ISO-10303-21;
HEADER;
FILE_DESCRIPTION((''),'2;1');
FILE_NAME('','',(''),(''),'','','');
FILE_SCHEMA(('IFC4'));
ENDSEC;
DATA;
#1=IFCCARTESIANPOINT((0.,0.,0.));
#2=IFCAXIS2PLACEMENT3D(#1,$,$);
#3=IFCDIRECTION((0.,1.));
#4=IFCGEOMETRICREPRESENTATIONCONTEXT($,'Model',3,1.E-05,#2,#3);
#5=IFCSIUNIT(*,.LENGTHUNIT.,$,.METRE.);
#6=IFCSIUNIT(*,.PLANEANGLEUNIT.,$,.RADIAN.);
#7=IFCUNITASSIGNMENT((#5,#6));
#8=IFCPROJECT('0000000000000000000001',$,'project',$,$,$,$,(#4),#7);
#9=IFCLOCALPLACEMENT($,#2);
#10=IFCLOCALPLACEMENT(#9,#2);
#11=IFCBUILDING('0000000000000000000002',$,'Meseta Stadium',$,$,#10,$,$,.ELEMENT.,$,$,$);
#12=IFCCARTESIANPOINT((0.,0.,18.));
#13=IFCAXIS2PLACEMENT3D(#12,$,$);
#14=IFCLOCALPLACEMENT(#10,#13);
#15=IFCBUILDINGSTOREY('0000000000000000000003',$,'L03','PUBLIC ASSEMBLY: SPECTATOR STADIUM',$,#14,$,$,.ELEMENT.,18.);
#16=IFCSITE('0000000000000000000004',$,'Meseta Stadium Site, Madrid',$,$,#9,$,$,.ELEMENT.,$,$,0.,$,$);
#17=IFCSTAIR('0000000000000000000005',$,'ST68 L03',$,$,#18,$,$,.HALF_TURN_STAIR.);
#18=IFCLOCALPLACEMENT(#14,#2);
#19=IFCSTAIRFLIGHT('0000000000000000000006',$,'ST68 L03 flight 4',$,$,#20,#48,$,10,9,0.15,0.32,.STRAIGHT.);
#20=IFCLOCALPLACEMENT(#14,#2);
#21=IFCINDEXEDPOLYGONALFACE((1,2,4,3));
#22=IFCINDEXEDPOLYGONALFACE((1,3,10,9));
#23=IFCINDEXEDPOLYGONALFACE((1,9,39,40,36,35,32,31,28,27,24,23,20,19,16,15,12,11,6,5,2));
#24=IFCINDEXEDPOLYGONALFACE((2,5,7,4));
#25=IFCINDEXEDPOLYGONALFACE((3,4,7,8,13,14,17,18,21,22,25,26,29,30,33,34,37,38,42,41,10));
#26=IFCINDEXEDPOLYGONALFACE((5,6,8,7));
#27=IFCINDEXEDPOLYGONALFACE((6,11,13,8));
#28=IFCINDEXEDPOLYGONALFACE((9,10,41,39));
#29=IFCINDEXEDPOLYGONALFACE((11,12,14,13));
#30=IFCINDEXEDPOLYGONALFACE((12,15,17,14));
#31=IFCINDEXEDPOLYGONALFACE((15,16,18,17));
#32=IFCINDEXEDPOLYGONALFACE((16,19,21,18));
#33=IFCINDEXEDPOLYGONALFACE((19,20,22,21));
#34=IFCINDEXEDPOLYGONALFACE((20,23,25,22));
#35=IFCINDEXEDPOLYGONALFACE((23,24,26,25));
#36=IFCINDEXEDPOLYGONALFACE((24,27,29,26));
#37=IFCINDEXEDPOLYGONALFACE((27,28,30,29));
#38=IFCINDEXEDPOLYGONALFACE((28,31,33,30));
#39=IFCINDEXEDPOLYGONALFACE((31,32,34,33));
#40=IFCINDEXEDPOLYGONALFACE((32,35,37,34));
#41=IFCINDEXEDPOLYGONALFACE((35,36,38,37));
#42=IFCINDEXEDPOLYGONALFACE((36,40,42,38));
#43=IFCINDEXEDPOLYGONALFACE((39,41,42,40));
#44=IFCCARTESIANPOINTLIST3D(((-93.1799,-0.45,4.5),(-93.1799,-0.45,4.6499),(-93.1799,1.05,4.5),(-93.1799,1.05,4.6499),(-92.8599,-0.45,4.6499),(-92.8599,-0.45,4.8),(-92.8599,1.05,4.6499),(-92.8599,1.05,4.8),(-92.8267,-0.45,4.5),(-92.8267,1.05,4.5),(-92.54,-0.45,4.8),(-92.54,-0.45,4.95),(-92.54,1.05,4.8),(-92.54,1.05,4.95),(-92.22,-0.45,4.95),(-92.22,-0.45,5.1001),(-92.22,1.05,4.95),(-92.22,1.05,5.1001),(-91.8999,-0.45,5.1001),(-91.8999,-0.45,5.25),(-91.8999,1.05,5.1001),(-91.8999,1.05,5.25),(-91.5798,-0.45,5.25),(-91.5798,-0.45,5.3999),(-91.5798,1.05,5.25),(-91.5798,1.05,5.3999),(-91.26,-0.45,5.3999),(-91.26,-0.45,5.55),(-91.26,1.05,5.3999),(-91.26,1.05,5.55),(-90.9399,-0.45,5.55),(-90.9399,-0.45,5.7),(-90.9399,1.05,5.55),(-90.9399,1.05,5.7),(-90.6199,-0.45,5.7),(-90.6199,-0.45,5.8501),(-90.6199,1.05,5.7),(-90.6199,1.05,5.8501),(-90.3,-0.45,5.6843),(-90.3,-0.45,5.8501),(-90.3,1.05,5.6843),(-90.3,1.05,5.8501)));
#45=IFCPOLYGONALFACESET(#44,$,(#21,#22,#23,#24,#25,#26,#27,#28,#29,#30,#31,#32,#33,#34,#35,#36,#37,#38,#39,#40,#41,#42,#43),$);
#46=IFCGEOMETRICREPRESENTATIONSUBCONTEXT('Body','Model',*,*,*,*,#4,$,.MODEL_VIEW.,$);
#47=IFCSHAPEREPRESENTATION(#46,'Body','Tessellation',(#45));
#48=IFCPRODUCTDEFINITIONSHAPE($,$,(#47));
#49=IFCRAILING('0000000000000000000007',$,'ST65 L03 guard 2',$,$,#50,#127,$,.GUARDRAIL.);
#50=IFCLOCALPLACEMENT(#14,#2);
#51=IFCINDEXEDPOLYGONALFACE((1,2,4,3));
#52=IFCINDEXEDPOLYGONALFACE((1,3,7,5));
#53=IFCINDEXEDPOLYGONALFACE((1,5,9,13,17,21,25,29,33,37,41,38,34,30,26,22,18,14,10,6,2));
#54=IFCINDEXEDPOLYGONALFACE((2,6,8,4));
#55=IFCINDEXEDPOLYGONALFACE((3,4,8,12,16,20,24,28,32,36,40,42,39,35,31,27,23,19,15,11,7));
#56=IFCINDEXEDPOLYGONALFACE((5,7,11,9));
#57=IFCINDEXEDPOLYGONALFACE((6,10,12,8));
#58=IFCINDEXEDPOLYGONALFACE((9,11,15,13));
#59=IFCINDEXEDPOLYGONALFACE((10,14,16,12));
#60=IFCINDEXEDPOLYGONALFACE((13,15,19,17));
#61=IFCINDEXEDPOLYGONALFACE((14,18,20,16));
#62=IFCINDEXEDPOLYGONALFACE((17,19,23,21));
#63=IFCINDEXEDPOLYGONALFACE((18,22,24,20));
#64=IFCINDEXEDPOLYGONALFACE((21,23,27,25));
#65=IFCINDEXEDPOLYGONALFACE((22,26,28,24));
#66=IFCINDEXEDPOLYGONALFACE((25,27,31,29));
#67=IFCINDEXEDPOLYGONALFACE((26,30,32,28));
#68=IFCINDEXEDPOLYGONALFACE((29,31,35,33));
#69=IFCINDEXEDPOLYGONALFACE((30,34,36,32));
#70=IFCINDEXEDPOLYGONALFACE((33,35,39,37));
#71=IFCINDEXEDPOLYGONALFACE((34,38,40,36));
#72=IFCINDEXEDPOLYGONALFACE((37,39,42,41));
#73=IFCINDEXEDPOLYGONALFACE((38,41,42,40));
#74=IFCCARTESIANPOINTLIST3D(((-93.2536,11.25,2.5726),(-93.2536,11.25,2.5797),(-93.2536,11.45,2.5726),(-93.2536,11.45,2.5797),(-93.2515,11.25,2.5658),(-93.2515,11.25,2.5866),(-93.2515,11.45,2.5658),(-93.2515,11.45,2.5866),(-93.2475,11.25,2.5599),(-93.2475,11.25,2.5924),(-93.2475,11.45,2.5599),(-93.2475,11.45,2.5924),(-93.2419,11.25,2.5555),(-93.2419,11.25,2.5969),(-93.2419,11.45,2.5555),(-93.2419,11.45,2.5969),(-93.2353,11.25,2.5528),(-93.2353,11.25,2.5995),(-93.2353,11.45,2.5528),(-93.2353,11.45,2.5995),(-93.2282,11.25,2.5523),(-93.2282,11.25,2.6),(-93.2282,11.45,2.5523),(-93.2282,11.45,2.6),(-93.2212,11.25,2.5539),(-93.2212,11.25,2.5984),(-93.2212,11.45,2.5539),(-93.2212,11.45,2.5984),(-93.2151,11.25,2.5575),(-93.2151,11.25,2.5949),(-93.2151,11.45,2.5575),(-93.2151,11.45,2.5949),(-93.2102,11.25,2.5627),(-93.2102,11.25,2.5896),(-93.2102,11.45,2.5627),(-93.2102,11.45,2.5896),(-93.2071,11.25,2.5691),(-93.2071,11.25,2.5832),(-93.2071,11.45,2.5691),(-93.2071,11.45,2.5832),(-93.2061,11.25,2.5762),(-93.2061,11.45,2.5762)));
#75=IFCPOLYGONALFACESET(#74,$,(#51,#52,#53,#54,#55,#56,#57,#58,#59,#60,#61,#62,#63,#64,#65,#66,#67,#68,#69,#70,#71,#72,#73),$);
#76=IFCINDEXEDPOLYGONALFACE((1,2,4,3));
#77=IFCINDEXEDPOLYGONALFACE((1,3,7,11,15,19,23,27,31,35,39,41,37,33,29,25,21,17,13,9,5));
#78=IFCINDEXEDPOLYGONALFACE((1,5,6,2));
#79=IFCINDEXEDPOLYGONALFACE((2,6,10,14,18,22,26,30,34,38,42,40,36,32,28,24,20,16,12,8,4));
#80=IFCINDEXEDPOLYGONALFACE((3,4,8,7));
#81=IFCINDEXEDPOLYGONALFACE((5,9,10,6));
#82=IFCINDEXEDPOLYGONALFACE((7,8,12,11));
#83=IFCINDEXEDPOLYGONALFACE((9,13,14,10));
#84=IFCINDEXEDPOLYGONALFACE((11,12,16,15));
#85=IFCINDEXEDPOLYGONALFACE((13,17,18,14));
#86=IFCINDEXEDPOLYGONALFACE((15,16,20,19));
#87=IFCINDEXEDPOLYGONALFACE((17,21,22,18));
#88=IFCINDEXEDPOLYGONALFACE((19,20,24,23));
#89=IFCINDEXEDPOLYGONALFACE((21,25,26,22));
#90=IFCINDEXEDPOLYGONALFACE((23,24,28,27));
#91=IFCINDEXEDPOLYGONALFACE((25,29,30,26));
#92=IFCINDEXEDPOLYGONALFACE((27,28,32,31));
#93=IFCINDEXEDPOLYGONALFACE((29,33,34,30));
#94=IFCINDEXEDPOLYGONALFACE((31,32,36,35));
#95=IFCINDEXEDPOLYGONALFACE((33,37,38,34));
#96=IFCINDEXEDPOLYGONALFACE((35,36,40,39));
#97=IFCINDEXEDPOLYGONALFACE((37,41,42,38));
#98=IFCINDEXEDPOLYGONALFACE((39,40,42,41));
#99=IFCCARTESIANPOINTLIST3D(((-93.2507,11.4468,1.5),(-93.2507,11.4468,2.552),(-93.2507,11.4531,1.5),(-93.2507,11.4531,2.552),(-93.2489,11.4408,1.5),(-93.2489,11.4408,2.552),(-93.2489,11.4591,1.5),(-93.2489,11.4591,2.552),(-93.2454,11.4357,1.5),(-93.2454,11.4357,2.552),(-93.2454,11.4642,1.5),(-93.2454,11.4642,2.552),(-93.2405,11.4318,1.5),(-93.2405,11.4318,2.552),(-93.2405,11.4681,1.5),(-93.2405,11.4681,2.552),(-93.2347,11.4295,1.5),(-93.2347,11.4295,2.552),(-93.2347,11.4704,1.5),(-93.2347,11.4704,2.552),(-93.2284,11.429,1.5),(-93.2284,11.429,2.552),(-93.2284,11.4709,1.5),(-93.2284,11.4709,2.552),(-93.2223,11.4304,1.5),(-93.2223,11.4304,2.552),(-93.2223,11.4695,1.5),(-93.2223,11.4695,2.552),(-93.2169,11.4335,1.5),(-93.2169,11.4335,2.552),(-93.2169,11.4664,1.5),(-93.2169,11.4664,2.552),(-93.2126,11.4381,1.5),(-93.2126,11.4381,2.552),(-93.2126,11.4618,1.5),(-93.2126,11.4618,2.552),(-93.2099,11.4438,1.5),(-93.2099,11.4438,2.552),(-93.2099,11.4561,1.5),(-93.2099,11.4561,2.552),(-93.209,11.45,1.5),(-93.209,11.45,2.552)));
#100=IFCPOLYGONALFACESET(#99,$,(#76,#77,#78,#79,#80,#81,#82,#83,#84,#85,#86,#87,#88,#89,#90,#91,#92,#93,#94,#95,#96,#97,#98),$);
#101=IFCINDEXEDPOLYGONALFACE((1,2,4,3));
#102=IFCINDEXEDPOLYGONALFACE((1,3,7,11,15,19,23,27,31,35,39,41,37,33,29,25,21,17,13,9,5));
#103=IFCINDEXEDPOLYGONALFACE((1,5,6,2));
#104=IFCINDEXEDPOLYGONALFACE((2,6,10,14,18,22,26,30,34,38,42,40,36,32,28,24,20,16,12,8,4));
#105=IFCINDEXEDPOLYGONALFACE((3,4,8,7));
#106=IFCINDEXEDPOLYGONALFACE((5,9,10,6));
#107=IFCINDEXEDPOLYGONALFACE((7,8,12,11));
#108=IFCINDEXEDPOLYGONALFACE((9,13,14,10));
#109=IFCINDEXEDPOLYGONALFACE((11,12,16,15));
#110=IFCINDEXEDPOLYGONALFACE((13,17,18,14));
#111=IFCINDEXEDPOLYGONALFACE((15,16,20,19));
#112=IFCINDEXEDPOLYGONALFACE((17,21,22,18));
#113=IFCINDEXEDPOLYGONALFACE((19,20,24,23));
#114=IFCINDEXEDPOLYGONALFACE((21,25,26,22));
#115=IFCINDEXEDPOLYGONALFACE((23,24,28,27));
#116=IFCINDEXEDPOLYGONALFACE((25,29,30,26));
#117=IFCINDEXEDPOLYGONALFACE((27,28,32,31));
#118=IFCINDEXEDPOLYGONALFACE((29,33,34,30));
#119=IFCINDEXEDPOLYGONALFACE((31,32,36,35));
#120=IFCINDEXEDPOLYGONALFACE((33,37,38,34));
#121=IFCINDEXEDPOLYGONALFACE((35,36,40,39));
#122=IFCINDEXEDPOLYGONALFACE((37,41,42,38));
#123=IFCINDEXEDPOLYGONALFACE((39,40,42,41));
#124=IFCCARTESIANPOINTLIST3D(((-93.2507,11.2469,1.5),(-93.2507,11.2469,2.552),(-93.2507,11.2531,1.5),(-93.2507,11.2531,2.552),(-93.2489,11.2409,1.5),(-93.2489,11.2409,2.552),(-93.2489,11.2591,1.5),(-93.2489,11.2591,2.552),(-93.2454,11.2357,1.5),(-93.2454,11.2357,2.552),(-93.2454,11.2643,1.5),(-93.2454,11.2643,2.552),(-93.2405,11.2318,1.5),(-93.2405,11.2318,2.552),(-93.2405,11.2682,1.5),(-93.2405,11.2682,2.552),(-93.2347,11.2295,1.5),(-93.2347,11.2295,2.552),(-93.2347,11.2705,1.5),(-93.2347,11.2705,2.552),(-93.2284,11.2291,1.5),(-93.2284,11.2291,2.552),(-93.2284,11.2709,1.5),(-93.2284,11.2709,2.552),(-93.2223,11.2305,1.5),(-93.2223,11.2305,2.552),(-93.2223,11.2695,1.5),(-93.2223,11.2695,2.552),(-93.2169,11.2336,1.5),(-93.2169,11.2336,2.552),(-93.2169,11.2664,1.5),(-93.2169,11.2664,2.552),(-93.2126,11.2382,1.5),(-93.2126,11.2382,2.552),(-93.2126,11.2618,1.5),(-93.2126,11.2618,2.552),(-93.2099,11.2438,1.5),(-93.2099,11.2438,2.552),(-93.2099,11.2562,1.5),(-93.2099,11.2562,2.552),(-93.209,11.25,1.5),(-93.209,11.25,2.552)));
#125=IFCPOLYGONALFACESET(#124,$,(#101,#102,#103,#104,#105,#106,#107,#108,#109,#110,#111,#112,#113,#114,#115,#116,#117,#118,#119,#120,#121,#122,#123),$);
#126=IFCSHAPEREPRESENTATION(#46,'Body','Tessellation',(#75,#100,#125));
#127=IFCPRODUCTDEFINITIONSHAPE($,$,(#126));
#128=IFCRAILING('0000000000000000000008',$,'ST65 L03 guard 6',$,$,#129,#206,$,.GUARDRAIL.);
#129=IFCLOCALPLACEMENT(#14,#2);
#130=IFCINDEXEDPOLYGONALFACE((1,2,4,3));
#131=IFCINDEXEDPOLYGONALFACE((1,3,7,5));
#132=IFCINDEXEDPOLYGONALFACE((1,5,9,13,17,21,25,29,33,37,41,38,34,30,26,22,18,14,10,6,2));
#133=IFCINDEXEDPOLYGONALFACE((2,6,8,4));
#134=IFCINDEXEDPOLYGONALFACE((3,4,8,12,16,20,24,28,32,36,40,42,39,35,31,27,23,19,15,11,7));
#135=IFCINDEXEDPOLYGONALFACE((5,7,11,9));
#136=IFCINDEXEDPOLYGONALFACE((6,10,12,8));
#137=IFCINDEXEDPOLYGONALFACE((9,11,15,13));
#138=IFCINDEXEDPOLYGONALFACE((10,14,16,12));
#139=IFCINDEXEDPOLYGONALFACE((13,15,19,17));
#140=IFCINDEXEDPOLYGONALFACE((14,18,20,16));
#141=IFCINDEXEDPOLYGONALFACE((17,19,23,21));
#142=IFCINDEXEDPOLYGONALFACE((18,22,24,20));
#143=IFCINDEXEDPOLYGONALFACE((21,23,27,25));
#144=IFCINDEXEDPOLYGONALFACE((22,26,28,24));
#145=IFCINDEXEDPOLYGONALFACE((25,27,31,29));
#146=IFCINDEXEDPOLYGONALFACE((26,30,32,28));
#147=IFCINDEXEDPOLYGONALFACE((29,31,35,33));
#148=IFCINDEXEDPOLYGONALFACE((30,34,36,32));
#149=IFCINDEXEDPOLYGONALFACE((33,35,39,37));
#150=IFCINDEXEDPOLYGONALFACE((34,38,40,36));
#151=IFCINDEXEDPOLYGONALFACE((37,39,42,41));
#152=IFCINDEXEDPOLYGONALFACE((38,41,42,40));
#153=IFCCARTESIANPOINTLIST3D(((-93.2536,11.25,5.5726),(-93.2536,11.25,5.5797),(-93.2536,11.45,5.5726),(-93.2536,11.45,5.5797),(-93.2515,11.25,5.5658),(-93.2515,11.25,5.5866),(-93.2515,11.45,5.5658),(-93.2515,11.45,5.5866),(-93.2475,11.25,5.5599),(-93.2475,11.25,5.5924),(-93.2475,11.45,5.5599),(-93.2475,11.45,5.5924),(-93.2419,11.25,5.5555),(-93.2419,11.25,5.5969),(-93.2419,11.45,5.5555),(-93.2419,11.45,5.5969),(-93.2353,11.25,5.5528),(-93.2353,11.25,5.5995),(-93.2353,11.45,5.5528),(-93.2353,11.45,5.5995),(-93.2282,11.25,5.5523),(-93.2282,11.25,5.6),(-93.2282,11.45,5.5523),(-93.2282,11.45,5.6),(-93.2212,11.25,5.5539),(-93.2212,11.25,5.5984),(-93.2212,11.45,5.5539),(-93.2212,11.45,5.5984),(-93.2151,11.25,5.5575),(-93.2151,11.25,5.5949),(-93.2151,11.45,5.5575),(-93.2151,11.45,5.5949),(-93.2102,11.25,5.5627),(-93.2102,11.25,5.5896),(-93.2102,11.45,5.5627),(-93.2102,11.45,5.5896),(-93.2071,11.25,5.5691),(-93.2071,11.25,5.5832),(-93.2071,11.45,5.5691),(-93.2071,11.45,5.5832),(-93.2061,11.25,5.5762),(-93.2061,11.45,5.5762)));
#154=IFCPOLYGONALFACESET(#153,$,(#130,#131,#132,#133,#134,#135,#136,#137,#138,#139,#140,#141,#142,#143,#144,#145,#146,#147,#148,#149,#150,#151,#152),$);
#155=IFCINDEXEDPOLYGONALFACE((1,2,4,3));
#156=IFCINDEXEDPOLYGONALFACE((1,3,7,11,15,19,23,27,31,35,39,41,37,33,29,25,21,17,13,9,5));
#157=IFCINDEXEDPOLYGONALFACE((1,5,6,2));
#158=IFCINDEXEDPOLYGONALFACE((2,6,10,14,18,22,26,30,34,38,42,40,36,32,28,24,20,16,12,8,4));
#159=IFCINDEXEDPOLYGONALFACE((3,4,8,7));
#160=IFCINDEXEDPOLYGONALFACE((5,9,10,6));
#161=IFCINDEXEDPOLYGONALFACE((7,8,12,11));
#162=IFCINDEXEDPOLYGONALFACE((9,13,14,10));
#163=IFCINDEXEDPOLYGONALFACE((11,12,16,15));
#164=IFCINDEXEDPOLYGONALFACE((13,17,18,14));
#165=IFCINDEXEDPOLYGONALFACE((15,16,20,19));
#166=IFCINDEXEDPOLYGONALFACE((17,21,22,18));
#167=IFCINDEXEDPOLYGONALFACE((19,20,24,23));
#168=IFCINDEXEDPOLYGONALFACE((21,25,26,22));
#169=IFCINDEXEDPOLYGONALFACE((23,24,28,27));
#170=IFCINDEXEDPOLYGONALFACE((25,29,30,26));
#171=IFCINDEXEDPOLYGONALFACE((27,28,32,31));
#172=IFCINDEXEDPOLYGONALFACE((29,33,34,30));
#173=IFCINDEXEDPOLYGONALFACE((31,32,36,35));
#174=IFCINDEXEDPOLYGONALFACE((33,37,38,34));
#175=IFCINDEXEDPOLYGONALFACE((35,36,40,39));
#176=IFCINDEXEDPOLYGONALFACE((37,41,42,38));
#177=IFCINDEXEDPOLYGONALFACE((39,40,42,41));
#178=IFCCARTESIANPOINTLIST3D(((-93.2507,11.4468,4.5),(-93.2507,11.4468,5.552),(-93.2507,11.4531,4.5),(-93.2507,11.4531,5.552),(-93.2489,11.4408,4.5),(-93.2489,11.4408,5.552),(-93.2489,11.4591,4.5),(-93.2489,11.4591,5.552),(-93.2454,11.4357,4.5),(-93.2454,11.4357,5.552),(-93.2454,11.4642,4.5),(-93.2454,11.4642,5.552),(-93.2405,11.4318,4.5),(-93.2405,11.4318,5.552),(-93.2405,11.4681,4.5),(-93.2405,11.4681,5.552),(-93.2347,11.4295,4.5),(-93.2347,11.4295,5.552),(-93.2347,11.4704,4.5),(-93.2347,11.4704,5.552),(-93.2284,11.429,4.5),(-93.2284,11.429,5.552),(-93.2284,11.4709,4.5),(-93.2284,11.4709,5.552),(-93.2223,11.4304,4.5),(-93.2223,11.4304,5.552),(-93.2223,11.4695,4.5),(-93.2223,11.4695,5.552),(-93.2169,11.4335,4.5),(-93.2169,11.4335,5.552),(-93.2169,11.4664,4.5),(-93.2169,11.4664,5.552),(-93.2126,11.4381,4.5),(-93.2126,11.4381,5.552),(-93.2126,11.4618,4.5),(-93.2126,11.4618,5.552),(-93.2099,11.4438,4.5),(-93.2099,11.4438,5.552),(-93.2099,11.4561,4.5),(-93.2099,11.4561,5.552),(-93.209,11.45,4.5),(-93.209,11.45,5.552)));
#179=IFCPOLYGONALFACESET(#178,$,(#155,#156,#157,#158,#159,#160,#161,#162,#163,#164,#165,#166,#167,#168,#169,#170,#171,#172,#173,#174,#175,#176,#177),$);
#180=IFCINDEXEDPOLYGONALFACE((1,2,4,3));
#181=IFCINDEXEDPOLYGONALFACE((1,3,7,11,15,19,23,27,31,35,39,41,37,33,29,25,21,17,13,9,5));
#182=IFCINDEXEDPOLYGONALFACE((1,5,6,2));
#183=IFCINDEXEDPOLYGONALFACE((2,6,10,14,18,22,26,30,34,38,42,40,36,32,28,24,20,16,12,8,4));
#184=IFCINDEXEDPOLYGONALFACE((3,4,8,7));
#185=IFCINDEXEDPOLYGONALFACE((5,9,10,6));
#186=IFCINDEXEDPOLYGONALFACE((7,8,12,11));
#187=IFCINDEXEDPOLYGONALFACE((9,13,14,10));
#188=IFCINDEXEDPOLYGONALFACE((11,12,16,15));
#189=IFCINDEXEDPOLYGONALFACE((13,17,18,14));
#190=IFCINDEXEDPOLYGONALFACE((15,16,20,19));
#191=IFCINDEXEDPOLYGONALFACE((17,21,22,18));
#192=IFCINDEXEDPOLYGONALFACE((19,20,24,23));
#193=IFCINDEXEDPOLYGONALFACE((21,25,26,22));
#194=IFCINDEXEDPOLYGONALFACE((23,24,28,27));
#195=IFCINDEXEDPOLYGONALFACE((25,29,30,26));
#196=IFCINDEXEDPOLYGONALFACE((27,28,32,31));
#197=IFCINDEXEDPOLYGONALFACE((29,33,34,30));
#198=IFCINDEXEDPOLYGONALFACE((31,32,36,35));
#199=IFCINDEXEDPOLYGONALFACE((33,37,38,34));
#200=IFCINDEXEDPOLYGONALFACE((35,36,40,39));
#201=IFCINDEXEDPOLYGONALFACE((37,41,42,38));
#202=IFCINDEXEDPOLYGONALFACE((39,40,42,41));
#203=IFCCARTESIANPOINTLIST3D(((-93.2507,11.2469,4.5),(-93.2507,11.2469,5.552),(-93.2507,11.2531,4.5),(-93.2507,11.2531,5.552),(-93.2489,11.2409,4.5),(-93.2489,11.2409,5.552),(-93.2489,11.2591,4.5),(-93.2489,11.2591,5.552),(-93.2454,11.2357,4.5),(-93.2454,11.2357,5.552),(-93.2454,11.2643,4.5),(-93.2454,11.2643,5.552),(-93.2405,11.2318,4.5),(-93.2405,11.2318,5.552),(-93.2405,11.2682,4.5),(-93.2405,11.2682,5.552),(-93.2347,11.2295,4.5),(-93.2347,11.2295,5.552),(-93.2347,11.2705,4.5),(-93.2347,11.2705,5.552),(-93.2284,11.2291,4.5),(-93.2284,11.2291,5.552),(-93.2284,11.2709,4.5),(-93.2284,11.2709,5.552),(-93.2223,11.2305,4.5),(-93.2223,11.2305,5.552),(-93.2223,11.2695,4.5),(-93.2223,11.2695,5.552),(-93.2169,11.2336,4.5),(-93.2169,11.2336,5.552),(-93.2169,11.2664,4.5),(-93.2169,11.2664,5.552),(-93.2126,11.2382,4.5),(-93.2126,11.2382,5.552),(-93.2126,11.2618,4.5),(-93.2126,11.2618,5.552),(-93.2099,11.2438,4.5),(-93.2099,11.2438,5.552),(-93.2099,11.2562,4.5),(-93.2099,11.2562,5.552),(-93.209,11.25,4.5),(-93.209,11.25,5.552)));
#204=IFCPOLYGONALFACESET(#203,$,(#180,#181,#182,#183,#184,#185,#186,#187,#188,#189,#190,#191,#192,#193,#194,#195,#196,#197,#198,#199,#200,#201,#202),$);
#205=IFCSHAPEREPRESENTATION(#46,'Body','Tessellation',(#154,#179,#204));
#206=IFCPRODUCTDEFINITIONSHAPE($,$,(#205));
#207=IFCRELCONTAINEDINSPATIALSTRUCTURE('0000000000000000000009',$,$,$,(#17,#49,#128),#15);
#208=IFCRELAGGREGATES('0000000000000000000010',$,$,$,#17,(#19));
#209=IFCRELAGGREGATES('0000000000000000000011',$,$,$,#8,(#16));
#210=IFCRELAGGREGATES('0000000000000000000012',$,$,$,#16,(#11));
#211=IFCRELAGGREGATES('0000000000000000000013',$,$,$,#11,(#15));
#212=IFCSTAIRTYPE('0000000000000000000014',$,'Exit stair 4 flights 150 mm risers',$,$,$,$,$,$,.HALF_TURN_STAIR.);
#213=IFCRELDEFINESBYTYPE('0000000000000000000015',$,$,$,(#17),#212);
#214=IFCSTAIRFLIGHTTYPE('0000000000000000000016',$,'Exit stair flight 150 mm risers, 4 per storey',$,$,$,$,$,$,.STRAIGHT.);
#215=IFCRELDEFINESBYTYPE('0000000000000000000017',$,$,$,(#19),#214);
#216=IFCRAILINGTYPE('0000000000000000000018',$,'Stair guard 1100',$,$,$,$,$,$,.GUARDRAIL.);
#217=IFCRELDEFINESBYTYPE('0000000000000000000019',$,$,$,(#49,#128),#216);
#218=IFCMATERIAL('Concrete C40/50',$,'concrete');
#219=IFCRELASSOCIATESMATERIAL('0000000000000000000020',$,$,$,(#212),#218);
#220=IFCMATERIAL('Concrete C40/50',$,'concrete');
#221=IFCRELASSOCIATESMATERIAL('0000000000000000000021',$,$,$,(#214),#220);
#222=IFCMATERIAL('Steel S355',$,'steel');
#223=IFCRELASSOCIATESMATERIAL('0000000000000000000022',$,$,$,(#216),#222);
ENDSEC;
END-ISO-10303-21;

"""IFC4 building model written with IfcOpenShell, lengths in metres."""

from ifc_helpers import new_model, si_unit, direction, frame, origin, origin_2d, place, context, subcontext, project, spatial, polyline, circle, outline, extrude, material, type_object, element, aggregate, save


model = new_model("IFC4")

# Units and contexts
model_context = context("Model", 3, precision=1e-05, world=origin(), true_north=direction((0.0, 1.0)))
body_context = subcontext(model_context, "Body", "Model", "MODEL_VIEW")
ifc_project = project(units=[si_unit("LENGTHUNIT", "METRE"), si_unit("PLANEANGLEUNIT", "RADIAN")], contexts=[model_context])

# Site, building, storey
site_placement = place(None, origin())
site = spatial("IfcSite", under=ifc_project, at=site_placement, Name="Meseta Stadium Site, Madrid", CompositionType="ELEMENT", RefElevation=0.0)
building_placement = place(site_placement, origin())
building = spatial("IfcBuilding", under=site, at=building_placement, Name="Meseta Stadium", CompositionType="ELEMENT")
storey_placement = place(building_placement, frame((0.0, 0.0, 18.0)))
storey = spatial("IfcBuildingStorey", under=building, at=storey_placement, Name="L03", Description="PUBLIC ASSEMBLY: SPECTATOR STADIUM", CompositionType="ELEMENT", Elevation=18.0)

# Stair, stair flight
ifc_material_1 = material(Name="Concrete C40/50", Category="concrete")
stair_type = type_object("IfcStairType", Name="Exit stair 4 flights 150 mm risers", PredefinedType="HALF_TURN_STAIR", material=ifc_material_1)
ifc_material_2 = material(Name="Concrete C40/50", Category="concrete")
stair_flight_type = type_object("IfcStairFlightType", Name="Exit stair flight 150 mm risers, 4 per storey", PredefinedType="STRAIGHT", material=ifc_material_2)
stair_1_placement = place(storey_placement, origin())
stair_1 = element("IfcStair", 1, at=stair_1_placement, inside=storey, type_object=stair_type, Name="ST68 L03", PredefinedType="HALF_TURN_STAIR")
stair_flight_1_placement = place(storey_placement, frame((-93.1799, 0.3, 4.5), z_axis=(0.0, 0.0, 1.0), x_axis=(1.0, 0.0, 0.0)))
stair_flight_1 = element("IfcStairFlight", 2, at=stair_flight_1_placement, type_object=stair_flight_type, Name="ST68 L03 flight 4", NumberOfRisers=10, NumberOfTreads=9, PredefinedType="STRAIGHT", RiserHeight=0.15, TreadLength=0.32, context=body_context, shape_type="SweptSolid", body=[
    extrude(outline(polyline([(0.0, 0.0), (0.0, 0.1499), (0.3201, 0.1499), (0.3201, 0.3), (0.6399, 0.3), (0.6399, 0.45), (0.96, 0.45), (0.96, 0.6001), (1.28, 0.6001), (1.28, 0.75), (1.6001, 0.75), (1.6001, 0.8999), (1.9199, 0.8999), (1.9199, 1.05), (2.24, 1.05), (2.24, 1.2), (2.5601, 1.2), (2.5601, 1.3501), (2.8799, 1.3501), (2.8799, 1.1843), (0.3533, 0.0), (0.0, 0.0)])), frame((0.0, 0.75, 0.0), z_axis=(0.0, -1.0, 0.0), x_axis=(1.0, 0.0, 0.0)), (0.0, 0.0, 1.0), 1.5),
])
aggregate(stair_1, [stair_flight_1])

# Railings
ifc_material_3 = material(Name="Steel S355", Category="steel")
railing_type_1 = type_object("IfcRailingType", Name="Stair guard 1100", PredefinedType="GUARDRAIL", material=ifc_material_3)
for number, where, name in (
    (3, (-93.23, 11.45, 1.5), "ST65 L03 guard 2"),
    (4, (-93.23, 11.45, 4.5), "ST65 L03 guard 6"),
):
    element("IfcRailing", number, at=place(storey_placement, frame(where)), inside=storey, type_object=railing_type_1, Name=name, PredefinedType="GUARDRAIL", context=body_context, shape_type="SweptSolid", body=[
        extrude(circle(Radius=0.0239, at=origin_2d()), frame((0.0, 0.0, 1.0762), z_axis=(0.0, -1.0, 0.0), x_axis=(1.0, 0.0, 0.0)), (0.0, 0.0, 1.0), 0.2),
        extrude(circle(Radius=0.021, at=origin_2d()), origin(), (0.0, 0.0, 1.0), 1.052),
        extrude(circle(Radius=0.021, at=origin_2d()), frame((0.0, -0.2, 0.0)), (0.0, 0.0, 1.0), 1.052),
    ])

save(model, "model.ifc")
